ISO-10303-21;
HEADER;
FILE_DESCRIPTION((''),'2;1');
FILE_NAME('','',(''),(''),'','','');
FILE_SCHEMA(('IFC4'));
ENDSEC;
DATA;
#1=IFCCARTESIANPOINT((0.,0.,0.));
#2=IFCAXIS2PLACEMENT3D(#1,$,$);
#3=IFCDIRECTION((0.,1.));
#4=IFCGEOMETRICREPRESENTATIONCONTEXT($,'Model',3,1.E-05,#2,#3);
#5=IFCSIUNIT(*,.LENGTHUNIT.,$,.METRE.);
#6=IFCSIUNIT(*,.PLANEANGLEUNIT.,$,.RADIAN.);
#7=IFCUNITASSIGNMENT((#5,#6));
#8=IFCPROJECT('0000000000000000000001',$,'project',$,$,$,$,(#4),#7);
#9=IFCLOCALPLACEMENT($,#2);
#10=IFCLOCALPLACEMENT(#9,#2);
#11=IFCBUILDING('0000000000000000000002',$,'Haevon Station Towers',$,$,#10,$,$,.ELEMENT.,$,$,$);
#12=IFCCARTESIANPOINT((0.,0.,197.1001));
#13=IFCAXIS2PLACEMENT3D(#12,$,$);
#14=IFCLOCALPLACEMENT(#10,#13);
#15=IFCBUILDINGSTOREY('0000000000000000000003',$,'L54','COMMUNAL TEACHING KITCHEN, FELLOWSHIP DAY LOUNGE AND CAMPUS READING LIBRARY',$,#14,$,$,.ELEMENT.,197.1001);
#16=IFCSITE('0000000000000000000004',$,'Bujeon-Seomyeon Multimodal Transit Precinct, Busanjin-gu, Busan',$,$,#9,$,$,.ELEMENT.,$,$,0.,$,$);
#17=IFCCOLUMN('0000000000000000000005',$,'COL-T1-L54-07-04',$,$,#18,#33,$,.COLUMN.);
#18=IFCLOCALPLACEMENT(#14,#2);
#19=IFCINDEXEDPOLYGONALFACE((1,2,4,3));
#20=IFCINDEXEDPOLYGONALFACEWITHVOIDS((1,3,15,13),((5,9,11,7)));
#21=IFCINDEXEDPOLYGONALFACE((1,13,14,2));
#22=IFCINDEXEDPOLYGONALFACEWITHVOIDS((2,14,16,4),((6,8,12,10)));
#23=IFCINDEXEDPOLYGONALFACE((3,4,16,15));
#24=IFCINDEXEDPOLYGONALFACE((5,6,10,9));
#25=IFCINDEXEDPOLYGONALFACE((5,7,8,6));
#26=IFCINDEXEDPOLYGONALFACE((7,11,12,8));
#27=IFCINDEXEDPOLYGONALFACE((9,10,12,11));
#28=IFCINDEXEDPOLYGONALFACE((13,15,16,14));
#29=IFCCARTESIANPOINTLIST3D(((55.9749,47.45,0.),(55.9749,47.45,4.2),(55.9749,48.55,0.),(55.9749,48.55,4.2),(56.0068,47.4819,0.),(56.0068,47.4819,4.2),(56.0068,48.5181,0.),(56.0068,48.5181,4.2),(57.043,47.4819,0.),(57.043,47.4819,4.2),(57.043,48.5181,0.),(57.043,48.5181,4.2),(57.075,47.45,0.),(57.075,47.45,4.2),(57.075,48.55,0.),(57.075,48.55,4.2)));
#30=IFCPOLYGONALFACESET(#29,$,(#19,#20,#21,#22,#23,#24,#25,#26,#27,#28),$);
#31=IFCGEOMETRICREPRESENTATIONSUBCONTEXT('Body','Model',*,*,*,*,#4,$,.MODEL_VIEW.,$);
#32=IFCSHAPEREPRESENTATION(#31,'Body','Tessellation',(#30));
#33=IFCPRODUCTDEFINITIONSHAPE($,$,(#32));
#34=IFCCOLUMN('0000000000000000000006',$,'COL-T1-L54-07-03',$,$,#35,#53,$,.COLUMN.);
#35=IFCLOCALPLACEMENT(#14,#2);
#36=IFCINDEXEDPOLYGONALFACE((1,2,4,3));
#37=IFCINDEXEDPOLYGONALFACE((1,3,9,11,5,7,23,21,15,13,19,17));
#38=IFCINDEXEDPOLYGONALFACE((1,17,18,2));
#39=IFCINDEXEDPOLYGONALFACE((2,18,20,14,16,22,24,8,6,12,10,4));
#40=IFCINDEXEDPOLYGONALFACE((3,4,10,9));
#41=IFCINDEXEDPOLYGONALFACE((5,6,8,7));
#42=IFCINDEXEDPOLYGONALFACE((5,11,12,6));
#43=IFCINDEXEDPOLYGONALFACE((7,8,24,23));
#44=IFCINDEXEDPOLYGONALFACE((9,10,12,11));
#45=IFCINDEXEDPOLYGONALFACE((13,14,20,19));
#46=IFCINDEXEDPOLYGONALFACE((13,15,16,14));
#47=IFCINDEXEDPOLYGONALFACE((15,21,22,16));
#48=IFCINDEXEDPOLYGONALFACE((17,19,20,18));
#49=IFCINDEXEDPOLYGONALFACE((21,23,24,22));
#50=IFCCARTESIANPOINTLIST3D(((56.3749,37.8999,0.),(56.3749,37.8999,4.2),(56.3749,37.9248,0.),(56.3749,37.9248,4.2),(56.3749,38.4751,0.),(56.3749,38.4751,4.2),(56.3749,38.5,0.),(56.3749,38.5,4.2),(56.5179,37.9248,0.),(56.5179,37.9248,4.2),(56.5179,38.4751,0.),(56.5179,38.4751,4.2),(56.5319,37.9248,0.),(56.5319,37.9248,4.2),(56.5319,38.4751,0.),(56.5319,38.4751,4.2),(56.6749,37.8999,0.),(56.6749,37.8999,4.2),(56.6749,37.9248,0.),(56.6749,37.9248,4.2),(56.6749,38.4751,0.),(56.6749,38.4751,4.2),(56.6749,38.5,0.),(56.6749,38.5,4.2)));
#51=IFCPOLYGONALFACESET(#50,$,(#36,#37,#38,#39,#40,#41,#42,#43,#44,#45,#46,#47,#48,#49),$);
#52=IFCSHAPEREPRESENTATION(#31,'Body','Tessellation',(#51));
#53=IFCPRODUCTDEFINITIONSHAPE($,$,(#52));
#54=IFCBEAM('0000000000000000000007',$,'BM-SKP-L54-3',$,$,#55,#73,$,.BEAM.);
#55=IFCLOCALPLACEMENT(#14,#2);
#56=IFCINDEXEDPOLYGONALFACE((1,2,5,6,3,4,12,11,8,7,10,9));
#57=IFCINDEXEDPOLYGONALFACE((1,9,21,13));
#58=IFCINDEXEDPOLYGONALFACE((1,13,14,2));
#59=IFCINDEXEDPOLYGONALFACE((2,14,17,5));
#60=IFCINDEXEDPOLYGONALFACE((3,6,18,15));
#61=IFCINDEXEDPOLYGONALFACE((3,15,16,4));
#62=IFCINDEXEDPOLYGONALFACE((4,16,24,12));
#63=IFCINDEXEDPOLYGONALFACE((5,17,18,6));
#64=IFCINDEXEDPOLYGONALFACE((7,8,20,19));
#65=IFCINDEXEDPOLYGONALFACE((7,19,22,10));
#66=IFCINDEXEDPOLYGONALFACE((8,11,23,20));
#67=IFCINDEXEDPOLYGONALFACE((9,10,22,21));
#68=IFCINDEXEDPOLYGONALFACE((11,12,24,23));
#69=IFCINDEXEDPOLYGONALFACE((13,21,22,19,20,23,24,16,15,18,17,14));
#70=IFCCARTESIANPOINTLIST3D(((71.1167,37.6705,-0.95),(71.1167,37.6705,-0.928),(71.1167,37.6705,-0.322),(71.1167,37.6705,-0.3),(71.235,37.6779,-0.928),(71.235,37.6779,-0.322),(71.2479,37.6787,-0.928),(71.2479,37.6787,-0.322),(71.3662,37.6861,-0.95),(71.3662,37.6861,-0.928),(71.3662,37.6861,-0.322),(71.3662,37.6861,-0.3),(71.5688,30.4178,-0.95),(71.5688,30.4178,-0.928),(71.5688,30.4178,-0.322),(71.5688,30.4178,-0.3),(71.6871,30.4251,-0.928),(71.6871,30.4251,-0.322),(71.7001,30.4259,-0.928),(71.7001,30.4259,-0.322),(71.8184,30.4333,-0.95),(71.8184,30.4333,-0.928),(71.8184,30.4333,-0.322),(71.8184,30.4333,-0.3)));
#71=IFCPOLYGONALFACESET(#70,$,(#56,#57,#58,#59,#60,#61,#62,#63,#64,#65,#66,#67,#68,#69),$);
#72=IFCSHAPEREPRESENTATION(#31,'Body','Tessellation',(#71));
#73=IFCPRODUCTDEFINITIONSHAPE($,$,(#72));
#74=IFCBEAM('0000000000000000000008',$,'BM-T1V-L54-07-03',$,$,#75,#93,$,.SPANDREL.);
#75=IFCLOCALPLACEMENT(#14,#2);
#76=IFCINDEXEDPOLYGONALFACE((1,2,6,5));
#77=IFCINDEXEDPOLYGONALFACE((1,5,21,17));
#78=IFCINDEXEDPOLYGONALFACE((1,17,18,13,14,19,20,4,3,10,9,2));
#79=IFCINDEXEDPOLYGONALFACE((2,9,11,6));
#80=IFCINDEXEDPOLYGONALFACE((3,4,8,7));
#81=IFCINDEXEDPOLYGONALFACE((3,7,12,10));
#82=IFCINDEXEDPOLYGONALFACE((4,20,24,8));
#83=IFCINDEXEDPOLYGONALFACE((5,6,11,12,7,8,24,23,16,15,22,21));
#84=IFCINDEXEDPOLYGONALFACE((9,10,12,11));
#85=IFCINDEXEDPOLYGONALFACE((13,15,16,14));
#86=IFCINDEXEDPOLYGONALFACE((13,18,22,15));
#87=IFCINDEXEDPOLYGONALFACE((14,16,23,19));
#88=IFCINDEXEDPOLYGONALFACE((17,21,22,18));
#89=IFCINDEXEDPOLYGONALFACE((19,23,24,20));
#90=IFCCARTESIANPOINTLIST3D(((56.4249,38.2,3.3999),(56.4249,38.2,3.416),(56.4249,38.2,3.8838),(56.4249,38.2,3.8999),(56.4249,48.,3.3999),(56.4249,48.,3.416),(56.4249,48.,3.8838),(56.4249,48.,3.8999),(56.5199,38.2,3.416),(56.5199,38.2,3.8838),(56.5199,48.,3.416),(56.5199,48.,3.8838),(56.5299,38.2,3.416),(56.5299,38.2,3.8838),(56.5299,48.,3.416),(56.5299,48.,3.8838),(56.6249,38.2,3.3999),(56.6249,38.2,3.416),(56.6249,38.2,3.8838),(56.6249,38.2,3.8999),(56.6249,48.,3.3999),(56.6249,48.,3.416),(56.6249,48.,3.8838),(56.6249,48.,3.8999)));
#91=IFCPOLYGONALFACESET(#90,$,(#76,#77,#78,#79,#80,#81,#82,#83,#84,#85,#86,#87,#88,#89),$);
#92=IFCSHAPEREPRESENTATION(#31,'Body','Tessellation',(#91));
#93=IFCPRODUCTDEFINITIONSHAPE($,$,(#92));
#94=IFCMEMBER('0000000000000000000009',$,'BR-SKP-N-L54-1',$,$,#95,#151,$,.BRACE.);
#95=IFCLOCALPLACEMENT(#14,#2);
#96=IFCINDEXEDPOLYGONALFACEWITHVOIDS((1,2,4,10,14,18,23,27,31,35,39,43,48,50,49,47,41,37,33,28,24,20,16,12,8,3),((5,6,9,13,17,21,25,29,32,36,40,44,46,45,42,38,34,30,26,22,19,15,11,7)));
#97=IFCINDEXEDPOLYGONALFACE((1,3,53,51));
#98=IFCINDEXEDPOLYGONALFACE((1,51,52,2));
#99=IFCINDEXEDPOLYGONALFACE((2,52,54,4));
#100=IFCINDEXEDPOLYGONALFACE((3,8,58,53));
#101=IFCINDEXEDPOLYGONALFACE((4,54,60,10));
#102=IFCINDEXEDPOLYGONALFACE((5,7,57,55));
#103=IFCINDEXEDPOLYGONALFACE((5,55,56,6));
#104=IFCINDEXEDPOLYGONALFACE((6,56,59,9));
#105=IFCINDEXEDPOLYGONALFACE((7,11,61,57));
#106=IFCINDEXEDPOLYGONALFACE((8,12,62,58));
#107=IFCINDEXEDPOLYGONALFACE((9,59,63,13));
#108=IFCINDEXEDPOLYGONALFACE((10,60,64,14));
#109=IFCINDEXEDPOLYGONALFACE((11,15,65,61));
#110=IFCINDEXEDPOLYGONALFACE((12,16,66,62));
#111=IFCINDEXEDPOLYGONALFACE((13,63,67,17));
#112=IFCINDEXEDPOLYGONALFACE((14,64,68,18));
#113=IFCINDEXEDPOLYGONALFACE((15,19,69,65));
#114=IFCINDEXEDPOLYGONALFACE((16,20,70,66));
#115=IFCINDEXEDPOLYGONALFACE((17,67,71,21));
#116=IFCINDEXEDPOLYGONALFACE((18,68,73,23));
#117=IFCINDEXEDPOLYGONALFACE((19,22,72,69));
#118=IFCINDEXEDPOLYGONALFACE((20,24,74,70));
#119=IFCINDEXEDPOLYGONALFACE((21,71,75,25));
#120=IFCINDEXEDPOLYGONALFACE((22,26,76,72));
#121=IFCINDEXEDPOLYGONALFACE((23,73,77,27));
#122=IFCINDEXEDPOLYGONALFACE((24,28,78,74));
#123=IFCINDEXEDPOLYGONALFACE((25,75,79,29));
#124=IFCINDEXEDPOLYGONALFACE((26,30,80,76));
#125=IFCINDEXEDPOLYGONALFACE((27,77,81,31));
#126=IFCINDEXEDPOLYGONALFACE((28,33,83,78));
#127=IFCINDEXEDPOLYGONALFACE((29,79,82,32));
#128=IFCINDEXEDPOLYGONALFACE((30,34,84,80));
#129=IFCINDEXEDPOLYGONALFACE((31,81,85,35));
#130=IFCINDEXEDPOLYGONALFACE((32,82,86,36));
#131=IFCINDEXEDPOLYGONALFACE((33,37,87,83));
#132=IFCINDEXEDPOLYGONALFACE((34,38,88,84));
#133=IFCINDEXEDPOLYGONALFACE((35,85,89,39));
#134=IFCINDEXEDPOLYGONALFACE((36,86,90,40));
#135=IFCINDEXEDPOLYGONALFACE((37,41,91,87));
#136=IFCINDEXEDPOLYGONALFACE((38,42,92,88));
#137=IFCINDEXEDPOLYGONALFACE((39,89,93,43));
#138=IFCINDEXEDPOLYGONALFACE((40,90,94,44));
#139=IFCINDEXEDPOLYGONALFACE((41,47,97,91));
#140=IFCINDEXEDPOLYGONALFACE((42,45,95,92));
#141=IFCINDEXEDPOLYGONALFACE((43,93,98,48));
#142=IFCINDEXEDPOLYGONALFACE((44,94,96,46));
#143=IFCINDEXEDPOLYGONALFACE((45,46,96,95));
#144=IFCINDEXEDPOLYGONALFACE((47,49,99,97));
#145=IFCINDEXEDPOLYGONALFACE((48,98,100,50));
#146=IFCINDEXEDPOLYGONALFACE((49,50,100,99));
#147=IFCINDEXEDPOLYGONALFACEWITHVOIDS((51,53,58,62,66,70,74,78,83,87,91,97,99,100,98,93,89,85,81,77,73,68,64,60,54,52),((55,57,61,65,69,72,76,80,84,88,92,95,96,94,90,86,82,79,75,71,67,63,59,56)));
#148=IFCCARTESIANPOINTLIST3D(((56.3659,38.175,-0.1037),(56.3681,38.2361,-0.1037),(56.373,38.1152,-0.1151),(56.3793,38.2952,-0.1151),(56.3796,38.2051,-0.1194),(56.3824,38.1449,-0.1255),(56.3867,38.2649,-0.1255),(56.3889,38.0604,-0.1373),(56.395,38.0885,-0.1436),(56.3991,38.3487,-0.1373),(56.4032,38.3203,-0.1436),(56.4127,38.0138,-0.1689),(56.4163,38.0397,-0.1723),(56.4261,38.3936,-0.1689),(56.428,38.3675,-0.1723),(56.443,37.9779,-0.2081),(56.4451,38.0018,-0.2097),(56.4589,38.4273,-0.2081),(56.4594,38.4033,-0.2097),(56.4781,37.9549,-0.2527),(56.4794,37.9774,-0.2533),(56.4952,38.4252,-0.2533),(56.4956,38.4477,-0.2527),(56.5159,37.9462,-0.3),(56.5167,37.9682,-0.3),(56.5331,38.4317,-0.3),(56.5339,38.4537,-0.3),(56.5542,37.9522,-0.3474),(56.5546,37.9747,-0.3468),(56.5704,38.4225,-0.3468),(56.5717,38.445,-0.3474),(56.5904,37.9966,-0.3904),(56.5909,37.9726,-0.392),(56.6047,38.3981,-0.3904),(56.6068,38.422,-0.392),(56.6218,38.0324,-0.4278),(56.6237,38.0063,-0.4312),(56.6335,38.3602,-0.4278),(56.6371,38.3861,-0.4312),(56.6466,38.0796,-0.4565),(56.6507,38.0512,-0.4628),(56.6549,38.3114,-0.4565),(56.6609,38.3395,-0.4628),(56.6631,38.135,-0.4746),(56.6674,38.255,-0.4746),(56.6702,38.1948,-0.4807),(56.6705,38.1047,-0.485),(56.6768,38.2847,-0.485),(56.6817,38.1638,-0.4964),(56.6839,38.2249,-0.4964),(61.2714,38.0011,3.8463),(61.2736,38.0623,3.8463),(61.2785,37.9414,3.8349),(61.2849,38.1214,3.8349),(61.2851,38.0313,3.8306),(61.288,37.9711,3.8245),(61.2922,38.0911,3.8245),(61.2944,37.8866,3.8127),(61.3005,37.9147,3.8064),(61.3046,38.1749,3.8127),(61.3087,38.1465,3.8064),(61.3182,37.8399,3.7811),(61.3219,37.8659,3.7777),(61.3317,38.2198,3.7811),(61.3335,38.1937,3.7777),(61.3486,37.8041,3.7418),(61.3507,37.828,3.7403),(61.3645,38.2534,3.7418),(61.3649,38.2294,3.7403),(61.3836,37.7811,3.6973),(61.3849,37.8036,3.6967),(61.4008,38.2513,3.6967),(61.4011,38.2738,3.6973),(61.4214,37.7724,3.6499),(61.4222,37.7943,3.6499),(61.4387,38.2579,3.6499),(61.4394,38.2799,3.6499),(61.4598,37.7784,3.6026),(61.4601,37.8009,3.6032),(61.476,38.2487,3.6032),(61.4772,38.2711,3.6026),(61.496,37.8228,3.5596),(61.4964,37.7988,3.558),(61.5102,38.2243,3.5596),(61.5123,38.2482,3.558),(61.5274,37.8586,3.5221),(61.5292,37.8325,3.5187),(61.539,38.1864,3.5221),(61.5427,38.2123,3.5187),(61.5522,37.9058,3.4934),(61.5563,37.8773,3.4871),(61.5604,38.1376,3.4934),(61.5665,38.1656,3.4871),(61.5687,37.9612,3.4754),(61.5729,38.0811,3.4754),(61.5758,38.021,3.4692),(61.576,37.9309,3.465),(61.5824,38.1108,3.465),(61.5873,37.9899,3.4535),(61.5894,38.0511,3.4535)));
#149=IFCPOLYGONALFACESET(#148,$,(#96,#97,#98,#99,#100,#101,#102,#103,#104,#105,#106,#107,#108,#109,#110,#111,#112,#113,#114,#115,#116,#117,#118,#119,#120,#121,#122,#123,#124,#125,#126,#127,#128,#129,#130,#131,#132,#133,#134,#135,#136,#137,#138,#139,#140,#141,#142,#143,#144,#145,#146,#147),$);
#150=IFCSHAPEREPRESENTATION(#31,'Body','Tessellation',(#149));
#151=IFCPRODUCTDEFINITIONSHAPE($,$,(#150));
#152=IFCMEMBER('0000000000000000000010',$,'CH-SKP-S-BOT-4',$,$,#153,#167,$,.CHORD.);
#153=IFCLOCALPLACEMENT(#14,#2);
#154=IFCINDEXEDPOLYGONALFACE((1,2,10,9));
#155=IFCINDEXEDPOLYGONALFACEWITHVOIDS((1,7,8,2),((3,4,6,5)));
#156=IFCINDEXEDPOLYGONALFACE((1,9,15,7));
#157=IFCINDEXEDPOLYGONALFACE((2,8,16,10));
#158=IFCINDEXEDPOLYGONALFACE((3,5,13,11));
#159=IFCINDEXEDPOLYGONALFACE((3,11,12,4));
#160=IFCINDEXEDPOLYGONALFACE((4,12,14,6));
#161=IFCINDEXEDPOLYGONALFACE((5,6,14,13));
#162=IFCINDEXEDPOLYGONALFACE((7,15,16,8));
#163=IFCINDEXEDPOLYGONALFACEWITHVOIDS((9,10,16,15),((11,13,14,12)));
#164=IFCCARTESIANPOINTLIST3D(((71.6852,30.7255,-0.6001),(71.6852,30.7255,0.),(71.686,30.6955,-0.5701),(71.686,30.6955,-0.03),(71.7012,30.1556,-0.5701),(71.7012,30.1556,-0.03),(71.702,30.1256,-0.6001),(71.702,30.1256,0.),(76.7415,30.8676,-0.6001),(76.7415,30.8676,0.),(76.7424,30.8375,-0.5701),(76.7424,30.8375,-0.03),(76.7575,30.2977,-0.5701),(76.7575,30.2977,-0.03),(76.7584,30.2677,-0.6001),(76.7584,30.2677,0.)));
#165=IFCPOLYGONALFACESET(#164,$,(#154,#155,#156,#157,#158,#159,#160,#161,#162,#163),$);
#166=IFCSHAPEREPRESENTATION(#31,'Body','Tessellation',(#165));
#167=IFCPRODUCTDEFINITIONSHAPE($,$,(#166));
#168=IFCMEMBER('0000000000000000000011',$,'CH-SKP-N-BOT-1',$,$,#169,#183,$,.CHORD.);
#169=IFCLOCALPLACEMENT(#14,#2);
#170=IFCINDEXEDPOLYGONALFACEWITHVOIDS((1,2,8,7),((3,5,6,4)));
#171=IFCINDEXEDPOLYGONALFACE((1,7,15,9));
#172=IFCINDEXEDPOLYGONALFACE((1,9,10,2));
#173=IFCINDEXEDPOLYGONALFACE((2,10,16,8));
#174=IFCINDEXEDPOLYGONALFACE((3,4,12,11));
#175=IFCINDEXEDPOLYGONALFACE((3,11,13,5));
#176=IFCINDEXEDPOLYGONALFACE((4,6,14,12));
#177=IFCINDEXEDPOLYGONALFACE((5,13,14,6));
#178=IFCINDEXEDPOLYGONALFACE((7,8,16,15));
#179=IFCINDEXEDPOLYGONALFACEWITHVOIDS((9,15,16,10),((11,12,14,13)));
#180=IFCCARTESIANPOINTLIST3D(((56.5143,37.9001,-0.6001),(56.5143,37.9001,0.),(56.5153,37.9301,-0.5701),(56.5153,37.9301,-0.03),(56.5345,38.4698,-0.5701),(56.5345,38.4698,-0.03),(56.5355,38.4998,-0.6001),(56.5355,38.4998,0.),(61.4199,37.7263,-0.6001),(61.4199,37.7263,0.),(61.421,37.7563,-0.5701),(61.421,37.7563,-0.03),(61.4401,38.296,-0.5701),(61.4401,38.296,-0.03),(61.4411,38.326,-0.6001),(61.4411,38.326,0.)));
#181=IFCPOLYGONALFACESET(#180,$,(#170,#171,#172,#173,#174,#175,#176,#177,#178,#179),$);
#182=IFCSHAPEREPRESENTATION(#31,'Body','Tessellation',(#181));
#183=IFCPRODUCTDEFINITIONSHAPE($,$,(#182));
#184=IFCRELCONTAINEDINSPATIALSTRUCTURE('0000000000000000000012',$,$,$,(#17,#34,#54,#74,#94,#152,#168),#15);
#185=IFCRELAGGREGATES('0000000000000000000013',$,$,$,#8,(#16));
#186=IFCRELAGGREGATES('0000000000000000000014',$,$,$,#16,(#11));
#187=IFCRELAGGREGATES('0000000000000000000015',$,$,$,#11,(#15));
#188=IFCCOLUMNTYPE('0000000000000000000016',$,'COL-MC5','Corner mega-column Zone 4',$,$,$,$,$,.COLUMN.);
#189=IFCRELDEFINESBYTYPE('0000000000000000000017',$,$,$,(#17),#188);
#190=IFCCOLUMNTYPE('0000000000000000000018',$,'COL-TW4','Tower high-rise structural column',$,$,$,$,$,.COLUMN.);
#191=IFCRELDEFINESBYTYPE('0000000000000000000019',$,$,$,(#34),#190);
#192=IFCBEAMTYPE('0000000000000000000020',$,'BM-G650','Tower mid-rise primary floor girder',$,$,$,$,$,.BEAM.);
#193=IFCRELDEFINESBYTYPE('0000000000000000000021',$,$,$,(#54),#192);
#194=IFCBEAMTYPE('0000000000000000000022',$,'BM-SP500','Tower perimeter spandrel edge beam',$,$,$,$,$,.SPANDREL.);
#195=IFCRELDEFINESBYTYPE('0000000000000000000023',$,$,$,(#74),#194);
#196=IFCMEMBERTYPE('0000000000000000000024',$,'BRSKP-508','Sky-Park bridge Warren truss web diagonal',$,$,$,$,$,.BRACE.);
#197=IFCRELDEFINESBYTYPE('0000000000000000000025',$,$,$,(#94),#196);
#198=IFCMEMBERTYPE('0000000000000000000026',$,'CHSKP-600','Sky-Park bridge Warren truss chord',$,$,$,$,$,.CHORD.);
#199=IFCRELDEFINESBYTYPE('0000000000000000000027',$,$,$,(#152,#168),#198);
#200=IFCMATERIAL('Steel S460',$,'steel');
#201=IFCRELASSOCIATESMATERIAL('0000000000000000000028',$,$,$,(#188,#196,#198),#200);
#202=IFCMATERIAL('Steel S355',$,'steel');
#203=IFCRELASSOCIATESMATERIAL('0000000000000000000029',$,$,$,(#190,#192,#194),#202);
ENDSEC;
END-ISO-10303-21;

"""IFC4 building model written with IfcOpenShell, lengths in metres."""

from ifc_helpers import new_model, si_unit, direction, frame, origin, origin_2d, place, context, subcontext, project, spatial, hollow_rectangle, hollow_circle, i_section, extrude, material, material_profile, profile_set, type_object, element, save


model = new_model("IFC4")

# Units and contexts
model_context = context("Model", 3, precision=1e-05, world=origin(), true_north=direction((0.0, 1.0)))
body_context = subcontext(model_context, "Body", "Model", "MODEL_VIEW")
ifc_project = project(units=[si_unit("LENGTHUNIT", "METRE"), si_unit("PLANEANGLEUNIT", "RADIAN")], contexts=[model_context])

# Site, building, storey
site_placement = place(None, origin())
site = spatial("IfcSite", under=ifc_project, at=site_placement, Name="Bujeon-Seomyeon Multimodal Transit Precinct, Busanjin-gu, Busan", CompositionType="ELEMENT", RefElevation=0.0)
building_placement = place(site_placement, origin())
building = spatial("IfcBuilding", under=site, at=building_placement, Name="Haevon Station Towers", CompositionType="ELEMENT")
storey_placement = place(building_placement, frame((0.0, 0.0, 197.1001)))
storey = spatial("IfcBuildingStorey", under=building, at=storey_placement, Name="L54", Description="COMMUNAL TEACHING KITCHEN, FELLOWSHIP DAY LOUNGE AND CAMPUS READING LIBRARY", CompositionType="ELEMENT", Elevation=197.1001)

# Columns
ifc_material_1 = material(Name="Steel S460", Category="steel")
ifc_material_profile_1 = material_profile(ifc_material_1, hollow_rectangle(XDim=1.1001, YDim=1.1001, WallThickness=0.032, at=origin_2d()), Name="BOX-1100x1100x32")
ifc_profile_set_1 = profile_set([ifc_material_profile_1], Name="Steel S460")
column_type_1 = type_object("IfcColumnType", Name="COL-MC5", Description="Corner mega-column Zone 4", PredefinedType="COLUMN", material=ifc_profile_set_1)
column_1_placement = place(storey_placement, frame((56.5249, 48.0, 0.0), z_axis=(0.0, 0.0, 1.0), x_axis=(1.0, 0.0, 0.0)))
element("IfcColumn", 1, at=column_1_placement, inside=storey, type_object=column_type_1, Name="COL-T1-L54-07-04", PredefinedType="COLUMN", context=body_context, shape_type="SweptSolid", body=[
    extrude(hollow_rectangle(XDim=1.1001, YDim=1.1001, WallThickness=0.032, at=origin_2d()), origin(), (0.0, 0.0, 1.0), 4.2),
])
ifc_material_2 = material(Name="Steel S355", Category="steel")
ifc_material_profile_2 = material_profile(ifc_material_2, i_section(OverallWidth=0.3, OverallDepth=0.6001, WebThickness=0.0139, FlangeThickness=0.0249, at=origin_2d()), Name="H-600x300x14x25")
ifc_profile_set_2 = profile_set([ifc_material_profile_2], Name="Steel S355")
column_type_2 = type_object("IfcColumnType", Name="COL-TW4", Description="Tower high-rise structural column", PredefinedType="COLUMN", material=ifc_profile_set_2)
column_2_placement = place(storey_placement, frame((56.5249, 38.2, 0.0), z_axis=(0.0, 0.0, 1.0), x_axis=(1.0, 0.0, 0.0)))
element("IfcColumn", 2, at=column_2_placement, inside=storey, type_object=column_type_2, Name="COL-T1-L54-07-03", PredefinedType="COLUMN", context=body_context, shape_type="SweptSolid", body=[
    extrude(i_section(OverallWidth=0.3, OverallDepth=0.6001, WebThickness=0.0139, FlangeThickness=0.0249, at=origin_2d()), origin(), (0.0, 0.0, 1.0), 4.2),
])

# Beams
ifc_material_profile_3 = material_profile(ifc_material_2, i_section(OverallWidth=0.25, OverallDepth=0.6499, WebThickness=0.0129, FlangeThickness=0.022, at=origin_2d()), Name="H-650x250x13x22")
ifc_profile_set_3 = profile_set([ifc_material_profile_3], Name="Steel S355")
beam_type_1 = type_object("IfcBeamType", Name="BM-G650", Description="Tower mid-rise primary floor girder", PredefinedType="BEAM", material=ifc_profile_set_3)
beam_1_placement = place(storey_placement, frame((71.6936, 30.4255, -0.625), z_axis=(-0.062221, 0.998062, 0.0), x_axis=(-0.998062, -0.062221, 0.0)))
element("IfcBeam", 3, at=beam_1_placement, inside=storey, type_object=beam_type_1, Name="BM-SKP-L54-3", PredefinedType="BEAM", context=body_context, shape_type="SweptSolid", body=[
    extrude(i_section(OverallWidth=0.25, OverallDepth=0.6499, WebThickness=0.0129, FlangeThickness=0.022, at=origin_2d()), origin(), (0.0, 0.0, 1.0), 7.2668),
])
ifc_material_profile_4 = material_profile(ifc_material_2, i_section(OverallWidth=0.2, OverallDepth=0.5, WebThickness=0.01, FlangeThickness=0.0161, at=origin_2d()), Name="H-500x200x10x16")
ifc_profile_set_4 = profile_set([ifc_material_profile_4], Name="Steel S355")
beam_type_2 = type_object("IfcBeamType", Name="BM-SP500", Description="Tower perimeter spandrel edge beam", PredefinedType="SPANDREL", material=ifc_profile_set_4)
beam_2_placement = place(storey_placement, frame((56.5249, 38.2, 3.6499), z_axis=(0.0, 1.0, 0.0), x_axis=(-1.0, 0.0, 0.0)))
element("IfcBeam", 4, at=beam_2_placement, inside=storey, type_object=beam_type_2, Name="BM-T1V-L54-07-03", PredefinedType="SPANDREL", context=body_context, shape_type="SweptSolid", body=[
    extrude(i_section(OverallWidth=0.2, OverallDepth=0.5, WebThickness=0.01, FlangeThickness=0.0161, at=origin_2d()), origin(), (0.0, 0.0, 1.0), 9.8),
])

# Members
ifc_material_profile_5 = material_profile(ifc_material_1, hollow_circle(Radius=0.2539, WallThickness=0.022, at=origin_2d()), Name="CHS-508x22")
ifc_profile_set_5 = profile_set([ifc_material_profile_5], Name="Steel S460")
member_type_1 = type_object("IfcMemberType", Name="BRSKP-508", Description="Sky-Park bridge Warren truss web diagonal", PredefinedType="BRACE", material=ifc_profile_set_5)
member_1_placement = place(storey_placement, frame((56.5249, 38.2, -0.3), z_axis=(0.77859, -0.02759, 0.626926), x_axis=(0.035413, 0.999373, 0.0)))
element("IfcMember", 5, at=member_1_placement, inside=storey, type_object=member_type_1, Name="BR-SKP-N-L54-1", PredefinedType="BRACE", context=body_context, shape_type="SweptSolid", body=[
    extrude(hollow_circle(Radius=0.2539, WallThickness=0.022, at=origin_2d()), origin(), (0.0, 0.0, 1.0), 6.3005),
])
ifc_material_profile_6 = material_profile(ifc_material_1, hollow_rectangle(XDim=0.6001, YDim=0.6001, WallThickness=0.03, at=origin_2d()), Name="RHS-600x600x30")
ifc_profile_set_6 = profile_set([ifc_material_profile_6], Name="Steel S460")
member_type_2 = type_object("IfcMemberType", Name="CHSKP-600", Description="Sky-Park bridge Warren truss chord", PredefinedType="CHORD", material=ifc_profile_set_6)
member_2_placement = place(storey_placement, frame((71.6936, 30.4255, -0.3), z_axis=(0.999605, 0.02809, 0.0), x_axis=(-0.02809, 0.999605, 0.0)))
element("IfcMember", 6, at=member_2_placement, inside=storey, type_object=member_type_2, Name="CH-SKP-S-BOT-4", PredefinedType="CHORD", context=body_context, shape_type="SweptSolid", body=[
    extrude(hollow_rectangle(XDim=0.6001, YDim=0.6001, WallThickness=0.03, at=origin_2d()), origin(), (0.0, 0.0, 1.0), 5.0583),
])
for number, where, z_axis, x_axis, name in (
    (7, (56.5249, 38.2, -0.3), (0.999373, -0.035413, 0.0), (0.035413, 0.999373, 0.0), "CH-SKP-N-BOT-1"),
):
    element("IfcMember", number, at=place(storey_placement, frame(where, z_axis=z_axis, x_axis=x_axis)), inside=storey, type_object=member_type_2, Name=name, PredefinedType="CHORD", context=body_context, shape_type="SweptSolid", body=[
        extrude(hollow_rectangle(XDim=0.6001, YDim=0.6001, WallThickness=0.03, at=origin_2d()), origin(), (0.0, 0.0, 1.0), 4.9087),
    ])

save(model, "model.ifc")
